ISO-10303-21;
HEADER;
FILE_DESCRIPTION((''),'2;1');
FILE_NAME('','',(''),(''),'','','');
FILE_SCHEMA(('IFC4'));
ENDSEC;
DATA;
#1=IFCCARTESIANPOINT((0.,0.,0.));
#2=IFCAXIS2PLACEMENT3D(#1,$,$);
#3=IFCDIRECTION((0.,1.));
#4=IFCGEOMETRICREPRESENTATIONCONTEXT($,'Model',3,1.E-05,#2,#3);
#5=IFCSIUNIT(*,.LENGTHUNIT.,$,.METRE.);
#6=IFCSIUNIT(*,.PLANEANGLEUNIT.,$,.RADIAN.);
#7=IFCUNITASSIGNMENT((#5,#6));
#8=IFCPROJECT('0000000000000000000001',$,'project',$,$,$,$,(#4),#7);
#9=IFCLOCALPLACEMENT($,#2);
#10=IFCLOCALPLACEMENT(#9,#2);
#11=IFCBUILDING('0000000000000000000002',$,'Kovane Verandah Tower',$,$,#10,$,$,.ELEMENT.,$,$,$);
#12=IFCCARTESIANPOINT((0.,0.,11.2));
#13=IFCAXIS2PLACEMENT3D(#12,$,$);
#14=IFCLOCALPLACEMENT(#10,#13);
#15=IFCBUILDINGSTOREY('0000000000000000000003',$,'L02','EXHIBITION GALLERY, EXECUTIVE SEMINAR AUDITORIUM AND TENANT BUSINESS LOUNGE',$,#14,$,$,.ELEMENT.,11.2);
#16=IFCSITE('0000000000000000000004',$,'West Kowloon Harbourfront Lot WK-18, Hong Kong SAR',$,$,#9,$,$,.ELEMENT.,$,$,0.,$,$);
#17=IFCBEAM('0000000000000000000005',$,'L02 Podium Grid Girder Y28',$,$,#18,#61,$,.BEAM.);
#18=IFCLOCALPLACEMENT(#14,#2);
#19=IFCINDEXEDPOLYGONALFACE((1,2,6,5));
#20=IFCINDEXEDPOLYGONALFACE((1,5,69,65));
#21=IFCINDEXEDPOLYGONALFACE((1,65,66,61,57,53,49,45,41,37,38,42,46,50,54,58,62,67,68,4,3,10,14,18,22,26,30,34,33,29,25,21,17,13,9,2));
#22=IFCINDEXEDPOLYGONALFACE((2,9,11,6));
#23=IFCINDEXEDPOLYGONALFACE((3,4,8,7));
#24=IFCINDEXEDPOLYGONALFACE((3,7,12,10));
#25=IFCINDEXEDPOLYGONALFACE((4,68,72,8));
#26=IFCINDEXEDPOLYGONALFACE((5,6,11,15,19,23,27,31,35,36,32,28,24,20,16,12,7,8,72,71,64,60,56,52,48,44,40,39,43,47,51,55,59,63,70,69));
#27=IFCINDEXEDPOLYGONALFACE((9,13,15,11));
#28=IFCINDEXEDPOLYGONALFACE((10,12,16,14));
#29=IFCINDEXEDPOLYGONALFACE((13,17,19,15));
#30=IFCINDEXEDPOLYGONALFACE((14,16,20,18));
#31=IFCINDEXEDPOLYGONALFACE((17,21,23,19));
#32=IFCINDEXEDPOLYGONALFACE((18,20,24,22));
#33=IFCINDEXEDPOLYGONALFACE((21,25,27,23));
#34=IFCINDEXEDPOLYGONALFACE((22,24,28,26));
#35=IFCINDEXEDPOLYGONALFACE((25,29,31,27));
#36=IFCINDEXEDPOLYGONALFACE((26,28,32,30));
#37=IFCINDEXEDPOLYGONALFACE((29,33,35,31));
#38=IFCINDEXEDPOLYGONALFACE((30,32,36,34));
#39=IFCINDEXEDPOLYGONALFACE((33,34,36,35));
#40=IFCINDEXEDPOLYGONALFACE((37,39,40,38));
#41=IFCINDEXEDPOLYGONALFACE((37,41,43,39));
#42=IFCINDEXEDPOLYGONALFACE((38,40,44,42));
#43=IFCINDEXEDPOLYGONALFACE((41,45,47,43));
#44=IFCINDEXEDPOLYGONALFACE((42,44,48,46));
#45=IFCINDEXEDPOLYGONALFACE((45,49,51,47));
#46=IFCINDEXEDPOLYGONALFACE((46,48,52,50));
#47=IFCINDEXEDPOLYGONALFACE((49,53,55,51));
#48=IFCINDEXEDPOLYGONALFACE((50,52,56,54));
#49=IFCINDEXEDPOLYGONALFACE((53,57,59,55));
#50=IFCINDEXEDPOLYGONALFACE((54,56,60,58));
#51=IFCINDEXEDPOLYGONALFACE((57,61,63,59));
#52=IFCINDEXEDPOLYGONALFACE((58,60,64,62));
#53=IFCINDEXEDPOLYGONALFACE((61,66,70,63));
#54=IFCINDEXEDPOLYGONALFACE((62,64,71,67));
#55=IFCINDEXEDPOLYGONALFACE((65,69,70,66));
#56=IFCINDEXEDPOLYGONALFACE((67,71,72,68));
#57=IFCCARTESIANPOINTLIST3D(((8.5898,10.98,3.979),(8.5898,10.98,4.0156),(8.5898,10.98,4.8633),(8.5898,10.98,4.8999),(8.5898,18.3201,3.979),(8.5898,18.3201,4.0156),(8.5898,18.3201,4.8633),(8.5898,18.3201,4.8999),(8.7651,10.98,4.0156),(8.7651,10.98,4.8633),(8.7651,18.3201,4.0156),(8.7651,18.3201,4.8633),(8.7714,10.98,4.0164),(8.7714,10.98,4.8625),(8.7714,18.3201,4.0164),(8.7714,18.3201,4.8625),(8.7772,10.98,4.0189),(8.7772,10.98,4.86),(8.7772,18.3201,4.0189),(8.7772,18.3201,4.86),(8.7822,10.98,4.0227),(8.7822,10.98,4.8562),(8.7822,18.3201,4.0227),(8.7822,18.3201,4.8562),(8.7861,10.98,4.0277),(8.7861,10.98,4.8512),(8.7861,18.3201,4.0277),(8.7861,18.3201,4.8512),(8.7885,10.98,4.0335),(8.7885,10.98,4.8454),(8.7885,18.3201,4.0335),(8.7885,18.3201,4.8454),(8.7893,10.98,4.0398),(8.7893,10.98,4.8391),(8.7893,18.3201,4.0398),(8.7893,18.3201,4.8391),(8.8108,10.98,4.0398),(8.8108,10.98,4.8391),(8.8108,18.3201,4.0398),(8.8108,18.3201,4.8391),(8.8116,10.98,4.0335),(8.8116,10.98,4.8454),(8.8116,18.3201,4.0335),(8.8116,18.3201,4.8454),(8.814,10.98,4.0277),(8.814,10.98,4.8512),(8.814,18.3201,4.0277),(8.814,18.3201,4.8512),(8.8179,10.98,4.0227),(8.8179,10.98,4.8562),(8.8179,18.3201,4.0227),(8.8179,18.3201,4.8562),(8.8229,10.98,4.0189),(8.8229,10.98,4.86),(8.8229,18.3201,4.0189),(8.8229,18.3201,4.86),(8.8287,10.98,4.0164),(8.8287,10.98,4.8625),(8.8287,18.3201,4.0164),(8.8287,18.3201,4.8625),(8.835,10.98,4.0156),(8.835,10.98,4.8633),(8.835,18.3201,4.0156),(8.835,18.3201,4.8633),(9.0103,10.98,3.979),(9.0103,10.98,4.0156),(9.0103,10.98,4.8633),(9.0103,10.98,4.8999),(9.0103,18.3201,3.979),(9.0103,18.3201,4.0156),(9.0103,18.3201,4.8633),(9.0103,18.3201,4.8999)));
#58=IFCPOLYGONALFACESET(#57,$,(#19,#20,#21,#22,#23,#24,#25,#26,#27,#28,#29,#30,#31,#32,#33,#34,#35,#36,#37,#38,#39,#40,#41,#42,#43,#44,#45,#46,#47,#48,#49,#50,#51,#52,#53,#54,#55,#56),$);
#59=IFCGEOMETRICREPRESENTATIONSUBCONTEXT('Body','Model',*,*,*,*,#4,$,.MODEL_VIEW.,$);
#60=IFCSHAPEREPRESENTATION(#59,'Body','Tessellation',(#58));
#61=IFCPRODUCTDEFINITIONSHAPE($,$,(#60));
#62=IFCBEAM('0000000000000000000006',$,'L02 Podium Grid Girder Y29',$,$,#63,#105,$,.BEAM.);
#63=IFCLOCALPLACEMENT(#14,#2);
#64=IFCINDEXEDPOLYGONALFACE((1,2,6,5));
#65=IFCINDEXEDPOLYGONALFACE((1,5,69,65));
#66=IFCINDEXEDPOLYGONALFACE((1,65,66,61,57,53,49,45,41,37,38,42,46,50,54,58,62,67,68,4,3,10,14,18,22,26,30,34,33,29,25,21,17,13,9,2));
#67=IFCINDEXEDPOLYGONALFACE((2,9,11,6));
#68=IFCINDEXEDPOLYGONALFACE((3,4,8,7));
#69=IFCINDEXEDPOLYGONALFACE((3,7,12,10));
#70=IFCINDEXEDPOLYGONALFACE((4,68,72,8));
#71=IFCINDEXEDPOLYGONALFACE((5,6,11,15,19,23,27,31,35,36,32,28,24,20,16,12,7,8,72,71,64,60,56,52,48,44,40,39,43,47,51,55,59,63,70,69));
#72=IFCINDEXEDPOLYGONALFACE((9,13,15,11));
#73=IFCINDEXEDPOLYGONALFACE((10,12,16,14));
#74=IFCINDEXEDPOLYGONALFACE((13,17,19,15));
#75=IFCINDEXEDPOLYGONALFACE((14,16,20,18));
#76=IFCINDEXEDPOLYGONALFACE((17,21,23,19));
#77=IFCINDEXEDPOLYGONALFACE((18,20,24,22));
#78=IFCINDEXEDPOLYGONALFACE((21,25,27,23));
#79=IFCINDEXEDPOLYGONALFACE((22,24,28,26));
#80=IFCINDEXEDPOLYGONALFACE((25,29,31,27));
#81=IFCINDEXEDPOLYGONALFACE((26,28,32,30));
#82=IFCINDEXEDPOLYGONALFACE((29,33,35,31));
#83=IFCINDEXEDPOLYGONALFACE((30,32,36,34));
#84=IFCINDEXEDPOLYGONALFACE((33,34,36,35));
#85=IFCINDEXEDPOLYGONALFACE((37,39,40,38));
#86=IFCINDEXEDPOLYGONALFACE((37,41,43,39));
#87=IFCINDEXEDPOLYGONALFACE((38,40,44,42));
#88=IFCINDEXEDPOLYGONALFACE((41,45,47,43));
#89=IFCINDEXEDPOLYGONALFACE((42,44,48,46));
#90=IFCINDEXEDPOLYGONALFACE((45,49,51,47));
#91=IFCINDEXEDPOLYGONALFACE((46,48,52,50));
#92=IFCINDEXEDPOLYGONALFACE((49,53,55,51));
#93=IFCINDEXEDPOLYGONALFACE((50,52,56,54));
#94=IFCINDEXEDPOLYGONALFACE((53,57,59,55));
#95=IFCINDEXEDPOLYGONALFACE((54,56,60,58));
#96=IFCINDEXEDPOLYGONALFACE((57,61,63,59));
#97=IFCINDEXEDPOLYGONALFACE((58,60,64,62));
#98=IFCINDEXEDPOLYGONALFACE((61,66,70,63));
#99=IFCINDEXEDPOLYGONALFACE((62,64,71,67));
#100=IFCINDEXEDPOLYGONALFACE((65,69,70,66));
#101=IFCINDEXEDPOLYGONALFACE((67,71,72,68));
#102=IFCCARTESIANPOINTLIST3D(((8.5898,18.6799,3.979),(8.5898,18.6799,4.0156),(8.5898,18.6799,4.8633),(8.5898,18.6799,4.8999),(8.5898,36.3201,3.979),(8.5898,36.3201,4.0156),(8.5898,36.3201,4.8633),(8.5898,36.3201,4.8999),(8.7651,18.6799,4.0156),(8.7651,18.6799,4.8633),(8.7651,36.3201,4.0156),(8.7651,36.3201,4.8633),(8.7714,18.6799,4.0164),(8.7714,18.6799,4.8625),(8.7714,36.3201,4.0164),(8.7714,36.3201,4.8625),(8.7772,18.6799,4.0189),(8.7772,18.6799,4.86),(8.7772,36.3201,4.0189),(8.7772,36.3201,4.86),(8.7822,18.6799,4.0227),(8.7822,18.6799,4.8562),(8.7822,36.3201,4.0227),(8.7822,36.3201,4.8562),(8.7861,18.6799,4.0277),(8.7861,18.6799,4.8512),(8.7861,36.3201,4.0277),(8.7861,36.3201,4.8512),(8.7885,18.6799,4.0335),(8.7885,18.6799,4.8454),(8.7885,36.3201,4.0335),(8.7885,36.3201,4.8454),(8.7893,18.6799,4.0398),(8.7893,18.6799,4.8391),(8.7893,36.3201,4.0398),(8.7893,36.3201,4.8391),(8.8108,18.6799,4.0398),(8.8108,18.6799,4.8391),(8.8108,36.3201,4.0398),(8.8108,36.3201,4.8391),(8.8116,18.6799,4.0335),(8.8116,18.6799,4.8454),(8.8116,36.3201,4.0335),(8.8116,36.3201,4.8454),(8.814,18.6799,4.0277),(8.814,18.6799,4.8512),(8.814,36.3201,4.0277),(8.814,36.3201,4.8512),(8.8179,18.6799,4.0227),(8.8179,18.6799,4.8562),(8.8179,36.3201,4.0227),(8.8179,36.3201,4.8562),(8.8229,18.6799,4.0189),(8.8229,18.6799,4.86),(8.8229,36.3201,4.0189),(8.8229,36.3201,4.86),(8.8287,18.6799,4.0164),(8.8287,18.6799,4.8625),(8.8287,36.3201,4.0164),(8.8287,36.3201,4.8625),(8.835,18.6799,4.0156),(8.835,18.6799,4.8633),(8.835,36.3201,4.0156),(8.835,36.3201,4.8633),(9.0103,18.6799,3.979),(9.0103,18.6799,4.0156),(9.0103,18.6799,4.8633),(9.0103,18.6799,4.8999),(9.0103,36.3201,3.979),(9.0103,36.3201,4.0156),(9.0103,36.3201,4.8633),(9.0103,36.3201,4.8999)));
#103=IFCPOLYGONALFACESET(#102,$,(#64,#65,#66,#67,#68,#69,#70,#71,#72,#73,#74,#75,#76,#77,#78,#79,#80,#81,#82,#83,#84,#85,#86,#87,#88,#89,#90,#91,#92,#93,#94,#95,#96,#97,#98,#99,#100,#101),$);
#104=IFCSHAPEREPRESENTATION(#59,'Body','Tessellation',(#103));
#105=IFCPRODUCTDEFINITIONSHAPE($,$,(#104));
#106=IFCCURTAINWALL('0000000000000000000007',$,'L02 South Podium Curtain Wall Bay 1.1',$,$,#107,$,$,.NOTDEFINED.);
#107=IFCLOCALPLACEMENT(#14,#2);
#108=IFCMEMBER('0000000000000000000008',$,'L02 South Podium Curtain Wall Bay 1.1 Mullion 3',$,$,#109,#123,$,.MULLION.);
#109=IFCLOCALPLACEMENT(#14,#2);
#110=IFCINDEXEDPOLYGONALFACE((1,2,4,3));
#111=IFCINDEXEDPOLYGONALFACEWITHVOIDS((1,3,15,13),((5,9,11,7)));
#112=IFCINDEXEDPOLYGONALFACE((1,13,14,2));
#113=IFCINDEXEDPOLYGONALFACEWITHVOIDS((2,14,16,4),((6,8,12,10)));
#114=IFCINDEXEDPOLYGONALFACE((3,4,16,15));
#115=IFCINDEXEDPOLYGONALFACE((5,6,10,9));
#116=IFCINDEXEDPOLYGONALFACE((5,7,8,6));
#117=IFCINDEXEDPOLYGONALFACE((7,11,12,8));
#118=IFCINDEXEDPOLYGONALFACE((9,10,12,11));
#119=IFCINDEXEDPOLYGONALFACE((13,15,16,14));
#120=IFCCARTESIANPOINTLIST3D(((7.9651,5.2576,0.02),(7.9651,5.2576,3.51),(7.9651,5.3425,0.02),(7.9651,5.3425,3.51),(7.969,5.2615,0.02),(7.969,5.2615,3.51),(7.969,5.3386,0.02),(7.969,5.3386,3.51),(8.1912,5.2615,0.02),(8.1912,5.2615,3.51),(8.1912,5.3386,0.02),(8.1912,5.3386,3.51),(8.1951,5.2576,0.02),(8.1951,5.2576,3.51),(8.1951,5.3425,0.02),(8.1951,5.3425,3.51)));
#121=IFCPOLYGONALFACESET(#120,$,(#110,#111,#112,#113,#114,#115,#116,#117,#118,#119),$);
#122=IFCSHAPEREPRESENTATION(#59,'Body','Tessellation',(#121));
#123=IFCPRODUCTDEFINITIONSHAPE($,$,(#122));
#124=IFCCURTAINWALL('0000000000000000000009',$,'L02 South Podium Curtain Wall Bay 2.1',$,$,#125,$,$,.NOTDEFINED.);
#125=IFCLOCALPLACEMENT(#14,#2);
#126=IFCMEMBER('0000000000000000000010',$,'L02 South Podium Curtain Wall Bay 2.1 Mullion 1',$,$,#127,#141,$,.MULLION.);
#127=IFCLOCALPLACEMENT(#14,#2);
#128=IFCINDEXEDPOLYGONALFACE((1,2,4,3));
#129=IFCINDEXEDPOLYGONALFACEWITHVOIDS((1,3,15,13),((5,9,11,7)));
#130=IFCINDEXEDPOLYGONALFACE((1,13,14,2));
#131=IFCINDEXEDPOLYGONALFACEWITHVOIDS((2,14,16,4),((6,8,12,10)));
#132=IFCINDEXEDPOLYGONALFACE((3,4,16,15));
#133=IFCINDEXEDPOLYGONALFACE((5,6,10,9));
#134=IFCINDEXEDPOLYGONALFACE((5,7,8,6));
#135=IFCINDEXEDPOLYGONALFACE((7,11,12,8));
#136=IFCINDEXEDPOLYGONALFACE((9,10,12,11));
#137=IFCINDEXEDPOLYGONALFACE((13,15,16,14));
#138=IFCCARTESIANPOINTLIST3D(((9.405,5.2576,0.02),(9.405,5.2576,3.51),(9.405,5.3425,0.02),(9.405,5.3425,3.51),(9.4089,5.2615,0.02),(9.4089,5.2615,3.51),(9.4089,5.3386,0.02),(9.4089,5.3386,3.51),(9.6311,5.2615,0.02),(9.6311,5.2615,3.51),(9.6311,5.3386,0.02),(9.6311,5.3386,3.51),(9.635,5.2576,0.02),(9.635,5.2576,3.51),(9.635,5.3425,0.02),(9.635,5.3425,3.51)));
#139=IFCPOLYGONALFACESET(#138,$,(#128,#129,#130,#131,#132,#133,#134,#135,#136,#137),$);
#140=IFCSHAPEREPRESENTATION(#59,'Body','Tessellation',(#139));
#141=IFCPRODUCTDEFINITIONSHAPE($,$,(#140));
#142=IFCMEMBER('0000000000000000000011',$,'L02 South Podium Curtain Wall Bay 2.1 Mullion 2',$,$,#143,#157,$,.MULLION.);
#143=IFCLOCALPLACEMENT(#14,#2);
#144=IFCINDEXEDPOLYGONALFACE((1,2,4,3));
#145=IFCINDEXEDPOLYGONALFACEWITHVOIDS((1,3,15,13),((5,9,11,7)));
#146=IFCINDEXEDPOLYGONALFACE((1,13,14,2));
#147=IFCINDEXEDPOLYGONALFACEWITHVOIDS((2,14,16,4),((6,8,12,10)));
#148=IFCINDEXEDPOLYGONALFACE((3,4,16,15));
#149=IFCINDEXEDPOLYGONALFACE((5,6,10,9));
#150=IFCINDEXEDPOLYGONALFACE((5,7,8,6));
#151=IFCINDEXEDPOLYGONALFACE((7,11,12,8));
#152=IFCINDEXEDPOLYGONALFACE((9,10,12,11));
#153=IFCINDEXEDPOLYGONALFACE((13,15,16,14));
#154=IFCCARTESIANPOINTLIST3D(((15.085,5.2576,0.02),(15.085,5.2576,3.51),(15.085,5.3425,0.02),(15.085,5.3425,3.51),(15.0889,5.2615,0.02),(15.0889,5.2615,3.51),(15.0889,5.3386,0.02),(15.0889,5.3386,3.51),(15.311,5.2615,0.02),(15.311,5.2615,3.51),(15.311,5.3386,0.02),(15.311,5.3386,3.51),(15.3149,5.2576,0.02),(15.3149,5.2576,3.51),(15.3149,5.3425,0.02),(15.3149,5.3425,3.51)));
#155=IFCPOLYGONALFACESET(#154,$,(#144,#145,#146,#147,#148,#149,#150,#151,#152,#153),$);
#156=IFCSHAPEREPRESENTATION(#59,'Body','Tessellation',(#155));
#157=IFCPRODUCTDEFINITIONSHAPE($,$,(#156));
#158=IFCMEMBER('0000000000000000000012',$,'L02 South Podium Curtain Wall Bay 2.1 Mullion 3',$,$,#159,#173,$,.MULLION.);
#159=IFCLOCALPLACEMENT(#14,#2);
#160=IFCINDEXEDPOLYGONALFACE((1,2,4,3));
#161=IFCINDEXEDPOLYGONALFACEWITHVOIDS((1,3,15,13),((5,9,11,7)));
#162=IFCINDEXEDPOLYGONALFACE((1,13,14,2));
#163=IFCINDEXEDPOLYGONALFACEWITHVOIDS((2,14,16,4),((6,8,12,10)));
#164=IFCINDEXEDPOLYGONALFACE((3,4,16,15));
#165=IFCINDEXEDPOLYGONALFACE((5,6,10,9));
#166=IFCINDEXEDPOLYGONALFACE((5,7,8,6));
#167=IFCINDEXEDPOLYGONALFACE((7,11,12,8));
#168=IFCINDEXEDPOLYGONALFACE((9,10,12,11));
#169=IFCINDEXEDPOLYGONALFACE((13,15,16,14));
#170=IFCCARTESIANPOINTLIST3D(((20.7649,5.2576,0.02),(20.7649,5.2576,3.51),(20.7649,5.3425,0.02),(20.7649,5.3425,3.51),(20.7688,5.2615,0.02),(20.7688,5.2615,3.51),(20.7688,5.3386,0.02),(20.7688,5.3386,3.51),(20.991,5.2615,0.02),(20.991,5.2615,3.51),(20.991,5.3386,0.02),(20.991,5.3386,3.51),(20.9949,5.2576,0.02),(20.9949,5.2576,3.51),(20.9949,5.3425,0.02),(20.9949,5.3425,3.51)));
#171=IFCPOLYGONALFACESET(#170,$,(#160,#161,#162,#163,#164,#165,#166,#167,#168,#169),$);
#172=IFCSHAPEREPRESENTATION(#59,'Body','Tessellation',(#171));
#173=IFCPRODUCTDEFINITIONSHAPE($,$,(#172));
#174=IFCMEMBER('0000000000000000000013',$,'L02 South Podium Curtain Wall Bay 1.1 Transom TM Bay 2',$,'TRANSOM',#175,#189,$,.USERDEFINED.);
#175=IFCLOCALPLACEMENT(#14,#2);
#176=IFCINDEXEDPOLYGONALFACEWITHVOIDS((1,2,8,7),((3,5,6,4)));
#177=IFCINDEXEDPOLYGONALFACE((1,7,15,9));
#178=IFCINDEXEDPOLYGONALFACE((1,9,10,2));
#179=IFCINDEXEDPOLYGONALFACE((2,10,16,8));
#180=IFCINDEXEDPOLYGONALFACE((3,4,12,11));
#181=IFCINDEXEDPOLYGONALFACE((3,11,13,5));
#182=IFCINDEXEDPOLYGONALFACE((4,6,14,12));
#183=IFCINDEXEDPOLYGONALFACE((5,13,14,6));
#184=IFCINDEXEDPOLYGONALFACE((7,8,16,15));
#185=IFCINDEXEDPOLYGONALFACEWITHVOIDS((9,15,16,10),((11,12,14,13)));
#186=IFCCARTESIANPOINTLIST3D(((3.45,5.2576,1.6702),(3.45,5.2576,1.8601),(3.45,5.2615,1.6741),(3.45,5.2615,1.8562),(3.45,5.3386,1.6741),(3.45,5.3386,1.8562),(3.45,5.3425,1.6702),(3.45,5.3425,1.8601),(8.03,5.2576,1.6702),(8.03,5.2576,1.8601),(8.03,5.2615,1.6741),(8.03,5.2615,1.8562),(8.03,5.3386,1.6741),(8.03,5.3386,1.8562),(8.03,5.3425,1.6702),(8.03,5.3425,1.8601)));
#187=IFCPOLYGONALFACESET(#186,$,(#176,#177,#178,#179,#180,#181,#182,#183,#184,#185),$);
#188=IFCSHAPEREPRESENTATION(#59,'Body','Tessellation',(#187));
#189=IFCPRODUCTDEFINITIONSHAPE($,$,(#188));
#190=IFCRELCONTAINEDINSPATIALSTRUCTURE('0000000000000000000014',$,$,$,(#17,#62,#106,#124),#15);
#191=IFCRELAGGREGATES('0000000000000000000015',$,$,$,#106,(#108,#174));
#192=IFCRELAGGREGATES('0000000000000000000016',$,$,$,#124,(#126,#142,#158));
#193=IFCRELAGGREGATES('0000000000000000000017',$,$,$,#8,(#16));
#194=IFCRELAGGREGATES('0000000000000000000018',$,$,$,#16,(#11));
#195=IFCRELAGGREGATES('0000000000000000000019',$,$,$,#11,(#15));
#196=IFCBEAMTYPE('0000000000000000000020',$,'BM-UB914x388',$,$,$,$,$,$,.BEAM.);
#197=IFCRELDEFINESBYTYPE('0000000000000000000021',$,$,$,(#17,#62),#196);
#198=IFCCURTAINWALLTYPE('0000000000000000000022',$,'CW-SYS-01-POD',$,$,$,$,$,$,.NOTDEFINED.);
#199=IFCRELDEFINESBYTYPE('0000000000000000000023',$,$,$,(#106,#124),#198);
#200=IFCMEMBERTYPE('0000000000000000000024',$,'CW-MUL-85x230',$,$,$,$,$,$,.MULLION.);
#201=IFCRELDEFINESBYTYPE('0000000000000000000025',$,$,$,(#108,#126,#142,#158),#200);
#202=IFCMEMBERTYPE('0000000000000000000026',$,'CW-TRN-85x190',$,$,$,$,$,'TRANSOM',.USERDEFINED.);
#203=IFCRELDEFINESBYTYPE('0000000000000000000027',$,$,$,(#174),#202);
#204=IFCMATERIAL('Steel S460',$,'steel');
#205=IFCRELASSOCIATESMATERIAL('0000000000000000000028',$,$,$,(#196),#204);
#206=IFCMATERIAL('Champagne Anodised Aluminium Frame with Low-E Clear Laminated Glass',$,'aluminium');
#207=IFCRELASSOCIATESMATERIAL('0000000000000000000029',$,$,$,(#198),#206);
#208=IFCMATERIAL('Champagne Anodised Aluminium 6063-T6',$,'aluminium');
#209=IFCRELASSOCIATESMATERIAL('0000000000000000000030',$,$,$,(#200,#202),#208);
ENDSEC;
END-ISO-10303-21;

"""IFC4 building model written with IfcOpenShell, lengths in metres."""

from ifc_helpers import new_model, si_unit, direction, frame, origin, origin_2d, place, context, subcontext, project, spatial, hollow_rectangle, i_section, extrude, material, material_profile, profile_set, type_object, element, aggregate, save


model = new_model("IFC4")

# Units and contexts
model_context = context("Model", 3, precision=1e-05, world=origin(), true_north=direction((0.0, 1.0)))
body_context = subcontext(model_context, "Body", "Model", "MODEL_VIEW")
ifc_project = project(units=[si_unit("LENGTHUNIT", "METRE"), si_unit("PLANEANGLEUNIT", "RADIAN")], contexts=[model_context])

# Site, building, storey
site_placement = place(None, origin())
site = spatial("IfcSite", under=ifc_project, at=site_placement, Name="West Kowloon Harbourfront Lot WK-18, Hong Kong SAR", CompositionType="ELEMENT", RefElevation=0.0)
building_placement = place(site_placement, origin())
building = spatial("IfcBuilding", under=site, at=building_placement, Name="Kovane Verandah Tower", CompositionType="ELEMENT")
storey_placement = place(building_placement, frame((0.0, 0.0, 11.2)))
storey = spatial("IfcBuildingStorey", under=building, at=storey_placement, Name="L02", Description="EXHIBITION GALLERY, EXECUTIVE SEMINAR AUDITORIUM AND TENANT BUSINESS LOUNGE", CompositionType="ELEMENT", Elevation=11.2)

# Shared definitions
ifc_material_1 = material(Name="Steel S460", Category="steel")

# Beams
ifc_material_profile_1 = material_profile(ifc_material_1, i_section(OverallWidth=0.4204, OverallDepth=0.9209, WebThickness=0.0215, FlangeThickness=0.0366, FilletRadius=0.0242, at=origin_2d()), Name="UB914x419x388")
ifc_profile_set_1 = profile_set([ifc_material_profile_1], Name="Steel S460")
beam_type = type_object("IfcBeamType", Name="BM-UB914x388", PredefinedType="BEAM", material=ifc_profile_set_1)
beam_1_placement = place(storey_placement, frame((8.8, 10.98, 4.4395), z_axis=(0.0, 1.0, 0.0), x_axis=(-1.0, 0.0, 0.0)))
element("IfcBeam", 1, at=beam_1_placement, inside=storey, type_object=beam_type, Name="L02 Podium Grid Girder Y28", PredefinedType="BEAM", context=body_context, shape_type="SweptSolid", body=[
    extrude(i_section(OverallWidth=0.4204, OverallDepth=0.9209, WebThickness=0.0215, FlangeThickness=0.0366, FilletRadius=0.0242, at=origin_2d()), origin(), (0.0, 0.0, 1.0), 7.3401),
])
beam_2_placement = place(storey_placement, frame((8.8, 18.6799, 4.4395), z_axis=(0.0, 1.0, 0.0), x_axis=(-1.0, 0.0, 0.0)))
element("IfcBeam", 2, at=beam_2_placement, inside=storey, type_object=beam_type, Name="L02 Podium Grid Girder Y29", PredefinedType="BEAM", context=body_context, shape_type="SweptSolid", body=[
    extrude(i_section(OverallWidth=0.4204, OverallDepth=0.9209, WebThickness=0.0215, FlangeThickness=0.0366, FilletRadius=0.0242, at=origin_2d()), origin(), (0.0, 0.0, 1.0), 17.6401),
])

# Curtain wall, member
ifc_material_2 = material(Name="Champagne Anodised Aluminium Frame with Low-E Clear Laminated Glass", Category="aluminium")
curtain_wall_type = type_object("IfcCurtainWallType", Name="CW-SYS-01-POD", PredefinedType="NOTDEFINED", material=ifc_material_2)
curtain_wall_1_placement = place(storey_placement, origin())
curtain_wall_1 = element("IfcCurtainWall", 3, at=curtain_wall_1_placement, inside=storey, type_object=curtain_wall_type, Name="L02 South Podium Curtain Wall Bay 1.1", PredefinedType="NOTDEFINED")
ifc_material_3 = material(Name="Champagne Anodised Aluminium 6063-T6", Category="aluminium")
ifc_material_profile_2 = material_profile(ifc_material_3, hollow_rectangle(XDim=0.085, YDim=0.23, WallThickness=0.0039, at=origin_2d()), Name="AL85x230x4")
ifc_profile_set_2 = profile_set([ifc_material_profile_2], Name="Champagne Anodised Aluminium 6063-T6")
member_type_1 = type_object("IfcMemberType", Name="CW-MUL-85x230", PredefinedType="MULLION", material=ifc_profile_set_2)
member_1_placement = place(storey_placement, frame((8.0801, 5.3, 0.02), z_axis=(0.0, 0.0, 1.0), x_axis=(0.0, -1.0, 0.0)))
member_1 = element("IfcMember", 4, at=member_1_placement, type_object=member_type_1, Name="L02 South Podium Curtain Wall Bay 1.1 Mullion 3", PredefinedType="MULLION", context=body_context, shape_type="SweptSolid", body=[
    extrude(hollow_rectangle(XDim=0.085, YDim=0.23, WallThickness=0.0039, at=origin_2d()), origin(), (0.0, 0.0, 1.0), 3.49),
])

# Curtain wall, members
curtain_wall_2_placement = place(storey_placement, origin())
curtain_wall_2 = element("IfcCurtainWall", 5, at=curtain_wall_2_placement, inside=storey, type_object=curtain_wall_type, Name="L02 South Podium Curtain Wall Bay 2.1", PredefinedType="NOTDEFINED")
member_2_placement = place(storey_placement, frame((9.52, 5.3, 0.02), z_axis=(0.0, 0.0, 1.0), x_axis=(0.0, -1.0, 0.0)))
member_2 = element("IfcMember", 6, at=member_2_placement, type_object=member_type_1, Name="L02 South Podium Curtain Wall Bay 2.1 Mullion 1", PredefinedType="MULLION", context=body_context, shape_type="SweptSolid", body=[
    extrude(hollow_rectangle(XDim=0.085, YDim=0.23, WallThickness=0.0039, at=origin_2d()), origin(), (0.0, 0.0, 1.0), 3.49),
])
member_3_placement = place(storey_placement, frame((15.2, 5.3, 0.02), z_axis=(0.0, 0.0, 1.0), x_axis=(0.0, -1.0, 0.0)))
member_3 = element("IfcMember", 7, at=member_3_placement, type_object=member_type_1, Name="L02 South Podium Curtain Wall Bay 2.1 Mullion 2", PredefinedType="MULLION", context=body_context, shape_type="SweptSolid", body=[
    extrude(hollow_rectangle(XDim=0.085, YDim=0.23, WallThickness=0.0039, at=origin_2d()), origin(), (0.0, 0.0, 1.0), 3.49),
])
member_4_placement = place(storey_placement, frame((20.8799, 5.3, 0.02), z_axis=(0.0, 0.0, 1.0), x_axis=(0.0, -1.0, 0.0)))
member_4 = element("IfcMember", 8, at=member_4_placement, type_object=member_type_1, Name="L02 South Podium Curtain Wall Bay 2.1 Mullion 3", PredefinedType="MULLION", context=body_context, shape_type="SweptSolid", body=[
    extrude(hollow_rectangle(XDim=0.085, YDim=0.23, WallThickness=0.0039, at=origin_2d()), origin(), (0.0, 0.0, 1.0), 3.49),
])

# Member
ifc_material_profile_3 = material_profile(ifc_material_3, hollow_rectangle(XDim=0.085, YDim=0.1899, WallThickness=0.0039, at=origin_2d()), Name="AL85x190x4")
ifc_profile_set_3 = profile_set([ifc_material_profile_3], Name="Champagne Anodised Aluminium 6063-T6")
member_type_2 = type_object("IfcMemberType", Name="CW-TRN-85x190", ElementType="TRANSOM", PredefinedType="USERDEFINED", material=ifc_profile_set_3)
member_5_placement = place(storey_placement, frame((3.45, 5.3, 1.7651), z_axis=(1.0, 0.0, 0.0), x_axis=(0.0, 1.0, 0.0)))
member_5 = element("IfcMember", 9, at=member_5_placement, type_object=member_type_2, Name="L02 South Podium Curtain Wall Bay 1.1 Transom TM Bay 2", ObjectType="TRANSOM", PredefinedType="USERDEFINED", context=body_context, shape_type="SweptSolid", body=[
    extrude(hollow_rectangle(XDim=0.085, YDim=0.1899, WallThickness=0.0039, at=origin_2d()), origin(), (0.0, 0.0, 1.0), 4.5801),
])

aggregate(curtain_wall_1, [member_1, member_5])
aggregate(curtain_wall_2, [member_2, member_3, member_4])

save(model, "model.ifc")
